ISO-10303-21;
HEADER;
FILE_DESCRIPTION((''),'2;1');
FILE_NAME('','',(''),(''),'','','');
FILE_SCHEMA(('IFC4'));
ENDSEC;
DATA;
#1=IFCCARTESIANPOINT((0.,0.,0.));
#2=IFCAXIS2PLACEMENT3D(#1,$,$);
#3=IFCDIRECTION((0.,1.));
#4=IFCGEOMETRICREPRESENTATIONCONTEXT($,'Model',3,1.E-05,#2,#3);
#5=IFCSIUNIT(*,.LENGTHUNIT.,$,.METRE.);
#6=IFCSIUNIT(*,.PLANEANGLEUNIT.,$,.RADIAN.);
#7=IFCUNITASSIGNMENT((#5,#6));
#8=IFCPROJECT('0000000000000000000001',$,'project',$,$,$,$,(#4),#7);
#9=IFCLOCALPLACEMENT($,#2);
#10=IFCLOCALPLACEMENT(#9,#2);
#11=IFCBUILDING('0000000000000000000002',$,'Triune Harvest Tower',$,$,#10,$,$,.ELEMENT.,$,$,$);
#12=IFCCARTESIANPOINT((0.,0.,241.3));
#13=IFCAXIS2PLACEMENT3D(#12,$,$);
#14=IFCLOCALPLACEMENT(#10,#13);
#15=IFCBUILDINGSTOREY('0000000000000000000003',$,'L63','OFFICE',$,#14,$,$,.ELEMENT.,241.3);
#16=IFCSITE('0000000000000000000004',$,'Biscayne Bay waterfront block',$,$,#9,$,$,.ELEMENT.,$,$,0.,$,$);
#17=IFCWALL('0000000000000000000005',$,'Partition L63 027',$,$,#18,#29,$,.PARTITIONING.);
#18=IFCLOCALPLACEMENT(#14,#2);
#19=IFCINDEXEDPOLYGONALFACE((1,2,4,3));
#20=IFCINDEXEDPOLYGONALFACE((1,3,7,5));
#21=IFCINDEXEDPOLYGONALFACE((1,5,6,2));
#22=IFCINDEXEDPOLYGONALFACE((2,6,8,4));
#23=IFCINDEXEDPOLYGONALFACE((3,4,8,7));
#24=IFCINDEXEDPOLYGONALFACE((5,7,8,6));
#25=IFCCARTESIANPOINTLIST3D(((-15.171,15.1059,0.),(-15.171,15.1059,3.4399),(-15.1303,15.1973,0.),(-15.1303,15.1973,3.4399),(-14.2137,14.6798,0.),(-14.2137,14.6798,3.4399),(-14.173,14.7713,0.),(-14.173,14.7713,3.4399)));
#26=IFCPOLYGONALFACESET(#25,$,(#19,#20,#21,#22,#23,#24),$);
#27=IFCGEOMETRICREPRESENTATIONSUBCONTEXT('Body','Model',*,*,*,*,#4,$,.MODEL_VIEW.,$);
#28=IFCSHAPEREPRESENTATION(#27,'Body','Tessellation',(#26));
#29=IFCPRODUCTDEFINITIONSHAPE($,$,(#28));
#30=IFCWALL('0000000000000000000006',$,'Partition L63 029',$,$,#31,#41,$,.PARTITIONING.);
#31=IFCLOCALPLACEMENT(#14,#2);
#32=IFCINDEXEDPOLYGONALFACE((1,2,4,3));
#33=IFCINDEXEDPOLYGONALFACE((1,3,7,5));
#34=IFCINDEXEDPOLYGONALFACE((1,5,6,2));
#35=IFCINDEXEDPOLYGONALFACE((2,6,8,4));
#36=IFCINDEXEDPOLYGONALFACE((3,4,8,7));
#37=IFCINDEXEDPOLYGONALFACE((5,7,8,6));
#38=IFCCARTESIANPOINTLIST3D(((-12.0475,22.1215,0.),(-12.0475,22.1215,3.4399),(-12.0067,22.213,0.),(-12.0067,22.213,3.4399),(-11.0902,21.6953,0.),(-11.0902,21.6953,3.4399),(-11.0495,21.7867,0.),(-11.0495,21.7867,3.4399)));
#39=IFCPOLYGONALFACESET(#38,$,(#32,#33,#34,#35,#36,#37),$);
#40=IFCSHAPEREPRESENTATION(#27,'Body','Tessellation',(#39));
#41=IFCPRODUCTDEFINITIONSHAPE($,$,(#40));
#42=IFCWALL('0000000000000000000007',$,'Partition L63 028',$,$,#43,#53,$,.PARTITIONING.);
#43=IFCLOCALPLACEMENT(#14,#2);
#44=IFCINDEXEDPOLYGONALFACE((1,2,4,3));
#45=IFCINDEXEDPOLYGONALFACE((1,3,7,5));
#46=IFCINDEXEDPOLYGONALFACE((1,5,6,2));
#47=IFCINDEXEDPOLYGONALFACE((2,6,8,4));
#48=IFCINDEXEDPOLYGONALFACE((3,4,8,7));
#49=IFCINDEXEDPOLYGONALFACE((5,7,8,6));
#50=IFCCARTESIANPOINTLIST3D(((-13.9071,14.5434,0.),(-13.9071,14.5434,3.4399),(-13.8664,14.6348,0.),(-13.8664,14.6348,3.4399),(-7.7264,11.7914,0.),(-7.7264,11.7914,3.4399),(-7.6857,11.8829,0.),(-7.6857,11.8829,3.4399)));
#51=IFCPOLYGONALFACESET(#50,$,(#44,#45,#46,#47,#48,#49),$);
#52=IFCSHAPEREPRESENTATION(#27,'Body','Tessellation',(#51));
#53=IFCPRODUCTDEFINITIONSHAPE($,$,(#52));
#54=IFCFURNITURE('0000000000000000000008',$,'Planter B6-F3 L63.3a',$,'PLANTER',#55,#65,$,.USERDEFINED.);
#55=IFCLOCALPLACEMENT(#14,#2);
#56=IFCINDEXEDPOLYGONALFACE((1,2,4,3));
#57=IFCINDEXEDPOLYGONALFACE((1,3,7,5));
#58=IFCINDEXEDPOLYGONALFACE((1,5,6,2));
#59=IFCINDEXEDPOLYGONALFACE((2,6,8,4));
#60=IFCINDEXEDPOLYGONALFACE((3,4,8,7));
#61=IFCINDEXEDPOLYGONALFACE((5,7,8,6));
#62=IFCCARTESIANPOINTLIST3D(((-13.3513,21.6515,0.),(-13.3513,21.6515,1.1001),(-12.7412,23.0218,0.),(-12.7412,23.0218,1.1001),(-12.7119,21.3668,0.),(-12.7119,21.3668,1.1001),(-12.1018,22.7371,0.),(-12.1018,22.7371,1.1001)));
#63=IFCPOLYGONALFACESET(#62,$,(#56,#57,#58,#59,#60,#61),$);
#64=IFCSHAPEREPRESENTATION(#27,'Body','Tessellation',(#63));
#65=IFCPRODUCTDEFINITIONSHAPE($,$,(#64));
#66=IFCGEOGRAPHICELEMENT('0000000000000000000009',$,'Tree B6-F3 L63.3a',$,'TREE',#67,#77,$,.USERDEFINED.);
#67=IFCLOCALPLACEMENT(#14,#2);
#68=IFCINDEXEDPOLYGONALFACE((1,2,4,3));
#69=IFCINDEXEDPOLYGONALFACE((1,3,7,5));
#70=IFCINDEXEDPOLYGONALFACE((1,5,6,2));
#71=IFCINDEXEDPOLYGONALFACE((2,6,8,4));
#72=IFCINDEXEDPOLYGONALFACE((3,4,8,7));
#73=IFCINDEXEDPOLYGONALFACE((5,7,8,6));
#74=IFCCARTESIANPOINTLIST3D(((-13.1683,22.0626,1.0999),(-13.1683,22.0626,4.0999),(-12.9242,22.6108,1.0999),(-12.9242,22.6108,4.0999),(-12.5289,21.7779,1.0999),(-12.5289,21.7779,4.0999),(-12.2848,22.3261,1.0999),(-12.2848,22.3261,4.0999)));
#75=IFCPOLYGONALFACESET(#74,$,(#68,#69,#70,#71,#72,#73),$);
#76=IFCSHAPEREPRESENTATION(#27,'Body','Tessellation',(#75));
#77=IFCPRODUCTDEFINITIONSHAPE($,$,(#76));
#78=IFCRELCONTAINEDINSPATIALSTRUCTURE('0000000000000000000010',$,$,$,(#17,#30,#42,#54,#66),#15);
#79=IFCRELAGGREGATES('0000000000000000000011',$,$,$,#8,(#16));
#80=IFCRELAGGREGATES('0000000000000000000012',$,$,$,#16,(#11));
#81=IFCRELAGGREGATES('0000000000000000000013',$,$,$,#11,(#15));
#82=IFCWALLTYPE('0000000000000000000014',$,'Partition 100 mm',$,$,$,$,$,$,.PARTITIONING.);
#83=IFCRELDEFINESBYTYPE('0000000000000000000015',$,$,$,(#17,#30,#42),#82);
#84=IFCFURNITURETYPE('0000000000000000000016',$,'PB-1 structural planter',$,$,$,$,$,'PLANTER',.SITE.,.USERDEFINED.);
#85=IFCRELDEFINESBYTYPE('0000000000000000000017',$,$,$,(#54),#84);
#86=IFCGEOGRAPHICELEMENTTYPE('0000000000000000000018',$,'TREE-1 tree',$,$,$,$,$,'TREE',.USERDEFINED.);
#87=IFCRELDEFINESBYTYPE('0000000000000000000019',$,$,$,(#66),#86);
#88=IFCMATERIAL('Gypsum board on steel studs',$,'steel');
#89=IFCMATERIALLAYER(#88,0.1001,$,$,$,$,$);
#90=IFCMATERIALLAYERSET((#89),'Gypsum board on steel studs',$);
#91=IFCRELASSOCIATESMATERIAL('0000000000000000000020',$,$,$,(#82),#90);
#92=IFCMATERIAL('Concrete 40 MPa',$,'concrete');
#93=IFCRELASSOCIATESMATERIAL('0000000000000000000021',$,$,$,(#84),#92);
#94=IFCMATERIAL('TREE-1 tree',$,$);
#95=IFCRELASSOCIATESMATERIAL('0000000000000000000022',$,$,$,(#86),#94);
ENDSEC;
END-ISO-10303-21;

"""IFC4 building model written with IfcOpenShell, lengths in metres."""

from ifc_helpers import new_model, si_unit, direction, frame, frame_2d, origin, origin_2d, place, context, subcontext, project, spatial, rectangle, extrude, source, transform, mapped, material, layer, layer_set, type_object, element, save


model = new_model("IFC4")

# Units and contexts
model_context = context("Model", 3, precision=1e-05, world=origin(), true_north=direction((0.0, 1.0)))
body_context = subcontext(model_context, "Body", "Model", "MODEL_VIEW")
ifc_project = project(units=[si_unit("LENGTHUNIT", "METRE"), si_unit("PLANEANGLEUNIT", "RADIAN")], contexts=[model_context])

# Site, building, storey
site_placement = place(None, origin())
site = spatial("IfcSite", under=ifc_project, at=site_placement, Name="Biscayne Bay waterfront block", CompositionType="ELEMENT", RefElevation=0.0)
building_placement = place(site_placement, origin())
building = spatial("IfcBuilding", under=site, at=building_placement, Name="Triune Harvest Tower", CompositionType="ELEMENT")
storey_placement = place(building_placement, frame((0.0, 0.0, 241.3)))
storey = spatial("IfcBuildingStorey", under=building, at=storey_placement, Name="L63", Description="OFFICE", CompositionType="ELEMENT", Elevation=241.3)

# Shared definitions
ifc_material_1 = material(Name="Gypsum board on steel studs", Category="steel")
ifc_layer_1 = layer(ifc_material_1, 0.1001)
ifc_layer_set_1 = layer_set([ifc_layer_1], Name="Gypsum board on steel studs")
wall_type_1 = type_object("IfcWallType", Name="Partition 100 mm", PredefinedType="PARTITIONING", material=ifc_layer_set_1)

# Walls
shared_shape_1 = source(origin(), body_context, "Body", "SweptSolid", [
    extrude(rectangle(XDim=1.0479, YDim=0.1001, at=frame_2d((0.5239, 0.0))), origin(), (0.0, 0.0, 1.0), 3.4399),
])
for number, where, z_axis, x_axis, name in (
    (1, (-15.1506, 15.1516, 0.0), (0.0, 0.0, 1.0), (0.91361, -0.406592, 0.0), "Partition L63 027"),
    (2, (-12.0271, 22.1672, 0.0), (0.0, 0.0, 1.0), (0.913523, -0.406787, 0.0), "Partition L63 029"),
):
    element("IfcWall", number, at=place(storey_placement, frame(where, z_axis=z_axis, x_axis=x_axis)), inside=storey, type_object=wall_type_1, Name=name, PredefinedType="PARTITIONING", context=body_context, shape_type="MappedRepresentation", body=[
        mapped(shared_shape_1, transform((0.0, 0.0, 0.0), scale=1.0)),
    ])
shared_shape_2 = source(origin(), body_context, "Body", "SweptSolid", [
    extrude(rectangle(XDim=6.7656, YDim=0.1001, at=frame_2d((3.3828, 0.0))), origin(), (0.0, 0.0, 1.0), 3.4399),
])
wall_1_placement = place(storey_placement, frame((-13.8867, 14.5891, 0.0), z_axis=(0.0, 0.0, 1.0), x_axis=(0.913538, -0.406754, 0.0)))
element("IfcWall", 3, at=wall_1_placement, inside=storey, type_object=wall_type_1, Name="Partition L63 028", PredefinedType="PARTITIONING", context=body_context, shape_type="MappedRepresentation", body=[
    mapped(shared_shape_2, transform((0.0, 0.0, 0.0), scale=1.0)),
])

# Furniture
ifc_material_2 = material(Name="Concrete 40 MPa", Category="concrete")
furniture_type = type_object("IfcFurnitureType", Name="PB-1 structural planter", ElementType="PLANTER", AssemblyPlace="SITE", PredefinedType="USERDEFINED", material=ifc_material_2)
shared_shape_3 = source(origin(), body_context, "Body", "SweptSolid", [
    extrude(rectangle(XDim=1.5, YDim=0.7, at=origin_2d()), origin(), (0.0, 0.0, 1.0), 1.1001),
])
furniture_placement = place(storey_placement, frame((-12.7266, 22.1943, 0.0), z_axis=(0.0, 0.0, 1.0), x_axis=(-0.406738, -0.913545, 0.0)))
element("IfcFurniture", 4, at=furniture_placement, inside=storey, type_object=furniture_type, Name="Planter B6-F3 L63.3a", ObjectType="PLANTER", PredefinedType="USERDEFINED", context=body_context, shape_type="MappedRepresentation", body=[
    mapped(shared_shape_3, transform((0.0, 0.0, 0.0), scale=1.0)),
])

# Geographic element
ifc_material_3 = material(Name="TREE-1 tree")
geographic_element_type = type_object("IfcGeographicElementType", Name="TREE-1 tree", ElementType="TREE", PredefinedType="USERDEFINED", material=ifc_material_3)
shared_shape_4 = source(origin(), body_context, "Body", "SweptSolid", [
    extrude(rectangle(XDim=0.6001, YDim=0.7, at=origin_2d()), origin(), (0.0, 0.0, 1.0), 3.0),
])
geographic_element_placement = place(storey_placement, frame((-12.7266, 22.1943, 1.0999), z_axis=(0.0, 0.0, 1.0), x_axis=(-0.406738, -0.913545, 0.0)))
element("IfcGeographicElement", 5, at=geographic_element_placement, inside=storey, type_object=geographic_element_type, Name="Tree B6-F3 L63.3a", ObjectType="TREE", PredefinedType="USERDEFINED", context=body_context, shape_type="MappedRepresentation", body=[
    mapped(shared_shape_4, transform((0.0, 0.0, 0.0), scale=1.0)),
])

save(model, "model.ifc")
